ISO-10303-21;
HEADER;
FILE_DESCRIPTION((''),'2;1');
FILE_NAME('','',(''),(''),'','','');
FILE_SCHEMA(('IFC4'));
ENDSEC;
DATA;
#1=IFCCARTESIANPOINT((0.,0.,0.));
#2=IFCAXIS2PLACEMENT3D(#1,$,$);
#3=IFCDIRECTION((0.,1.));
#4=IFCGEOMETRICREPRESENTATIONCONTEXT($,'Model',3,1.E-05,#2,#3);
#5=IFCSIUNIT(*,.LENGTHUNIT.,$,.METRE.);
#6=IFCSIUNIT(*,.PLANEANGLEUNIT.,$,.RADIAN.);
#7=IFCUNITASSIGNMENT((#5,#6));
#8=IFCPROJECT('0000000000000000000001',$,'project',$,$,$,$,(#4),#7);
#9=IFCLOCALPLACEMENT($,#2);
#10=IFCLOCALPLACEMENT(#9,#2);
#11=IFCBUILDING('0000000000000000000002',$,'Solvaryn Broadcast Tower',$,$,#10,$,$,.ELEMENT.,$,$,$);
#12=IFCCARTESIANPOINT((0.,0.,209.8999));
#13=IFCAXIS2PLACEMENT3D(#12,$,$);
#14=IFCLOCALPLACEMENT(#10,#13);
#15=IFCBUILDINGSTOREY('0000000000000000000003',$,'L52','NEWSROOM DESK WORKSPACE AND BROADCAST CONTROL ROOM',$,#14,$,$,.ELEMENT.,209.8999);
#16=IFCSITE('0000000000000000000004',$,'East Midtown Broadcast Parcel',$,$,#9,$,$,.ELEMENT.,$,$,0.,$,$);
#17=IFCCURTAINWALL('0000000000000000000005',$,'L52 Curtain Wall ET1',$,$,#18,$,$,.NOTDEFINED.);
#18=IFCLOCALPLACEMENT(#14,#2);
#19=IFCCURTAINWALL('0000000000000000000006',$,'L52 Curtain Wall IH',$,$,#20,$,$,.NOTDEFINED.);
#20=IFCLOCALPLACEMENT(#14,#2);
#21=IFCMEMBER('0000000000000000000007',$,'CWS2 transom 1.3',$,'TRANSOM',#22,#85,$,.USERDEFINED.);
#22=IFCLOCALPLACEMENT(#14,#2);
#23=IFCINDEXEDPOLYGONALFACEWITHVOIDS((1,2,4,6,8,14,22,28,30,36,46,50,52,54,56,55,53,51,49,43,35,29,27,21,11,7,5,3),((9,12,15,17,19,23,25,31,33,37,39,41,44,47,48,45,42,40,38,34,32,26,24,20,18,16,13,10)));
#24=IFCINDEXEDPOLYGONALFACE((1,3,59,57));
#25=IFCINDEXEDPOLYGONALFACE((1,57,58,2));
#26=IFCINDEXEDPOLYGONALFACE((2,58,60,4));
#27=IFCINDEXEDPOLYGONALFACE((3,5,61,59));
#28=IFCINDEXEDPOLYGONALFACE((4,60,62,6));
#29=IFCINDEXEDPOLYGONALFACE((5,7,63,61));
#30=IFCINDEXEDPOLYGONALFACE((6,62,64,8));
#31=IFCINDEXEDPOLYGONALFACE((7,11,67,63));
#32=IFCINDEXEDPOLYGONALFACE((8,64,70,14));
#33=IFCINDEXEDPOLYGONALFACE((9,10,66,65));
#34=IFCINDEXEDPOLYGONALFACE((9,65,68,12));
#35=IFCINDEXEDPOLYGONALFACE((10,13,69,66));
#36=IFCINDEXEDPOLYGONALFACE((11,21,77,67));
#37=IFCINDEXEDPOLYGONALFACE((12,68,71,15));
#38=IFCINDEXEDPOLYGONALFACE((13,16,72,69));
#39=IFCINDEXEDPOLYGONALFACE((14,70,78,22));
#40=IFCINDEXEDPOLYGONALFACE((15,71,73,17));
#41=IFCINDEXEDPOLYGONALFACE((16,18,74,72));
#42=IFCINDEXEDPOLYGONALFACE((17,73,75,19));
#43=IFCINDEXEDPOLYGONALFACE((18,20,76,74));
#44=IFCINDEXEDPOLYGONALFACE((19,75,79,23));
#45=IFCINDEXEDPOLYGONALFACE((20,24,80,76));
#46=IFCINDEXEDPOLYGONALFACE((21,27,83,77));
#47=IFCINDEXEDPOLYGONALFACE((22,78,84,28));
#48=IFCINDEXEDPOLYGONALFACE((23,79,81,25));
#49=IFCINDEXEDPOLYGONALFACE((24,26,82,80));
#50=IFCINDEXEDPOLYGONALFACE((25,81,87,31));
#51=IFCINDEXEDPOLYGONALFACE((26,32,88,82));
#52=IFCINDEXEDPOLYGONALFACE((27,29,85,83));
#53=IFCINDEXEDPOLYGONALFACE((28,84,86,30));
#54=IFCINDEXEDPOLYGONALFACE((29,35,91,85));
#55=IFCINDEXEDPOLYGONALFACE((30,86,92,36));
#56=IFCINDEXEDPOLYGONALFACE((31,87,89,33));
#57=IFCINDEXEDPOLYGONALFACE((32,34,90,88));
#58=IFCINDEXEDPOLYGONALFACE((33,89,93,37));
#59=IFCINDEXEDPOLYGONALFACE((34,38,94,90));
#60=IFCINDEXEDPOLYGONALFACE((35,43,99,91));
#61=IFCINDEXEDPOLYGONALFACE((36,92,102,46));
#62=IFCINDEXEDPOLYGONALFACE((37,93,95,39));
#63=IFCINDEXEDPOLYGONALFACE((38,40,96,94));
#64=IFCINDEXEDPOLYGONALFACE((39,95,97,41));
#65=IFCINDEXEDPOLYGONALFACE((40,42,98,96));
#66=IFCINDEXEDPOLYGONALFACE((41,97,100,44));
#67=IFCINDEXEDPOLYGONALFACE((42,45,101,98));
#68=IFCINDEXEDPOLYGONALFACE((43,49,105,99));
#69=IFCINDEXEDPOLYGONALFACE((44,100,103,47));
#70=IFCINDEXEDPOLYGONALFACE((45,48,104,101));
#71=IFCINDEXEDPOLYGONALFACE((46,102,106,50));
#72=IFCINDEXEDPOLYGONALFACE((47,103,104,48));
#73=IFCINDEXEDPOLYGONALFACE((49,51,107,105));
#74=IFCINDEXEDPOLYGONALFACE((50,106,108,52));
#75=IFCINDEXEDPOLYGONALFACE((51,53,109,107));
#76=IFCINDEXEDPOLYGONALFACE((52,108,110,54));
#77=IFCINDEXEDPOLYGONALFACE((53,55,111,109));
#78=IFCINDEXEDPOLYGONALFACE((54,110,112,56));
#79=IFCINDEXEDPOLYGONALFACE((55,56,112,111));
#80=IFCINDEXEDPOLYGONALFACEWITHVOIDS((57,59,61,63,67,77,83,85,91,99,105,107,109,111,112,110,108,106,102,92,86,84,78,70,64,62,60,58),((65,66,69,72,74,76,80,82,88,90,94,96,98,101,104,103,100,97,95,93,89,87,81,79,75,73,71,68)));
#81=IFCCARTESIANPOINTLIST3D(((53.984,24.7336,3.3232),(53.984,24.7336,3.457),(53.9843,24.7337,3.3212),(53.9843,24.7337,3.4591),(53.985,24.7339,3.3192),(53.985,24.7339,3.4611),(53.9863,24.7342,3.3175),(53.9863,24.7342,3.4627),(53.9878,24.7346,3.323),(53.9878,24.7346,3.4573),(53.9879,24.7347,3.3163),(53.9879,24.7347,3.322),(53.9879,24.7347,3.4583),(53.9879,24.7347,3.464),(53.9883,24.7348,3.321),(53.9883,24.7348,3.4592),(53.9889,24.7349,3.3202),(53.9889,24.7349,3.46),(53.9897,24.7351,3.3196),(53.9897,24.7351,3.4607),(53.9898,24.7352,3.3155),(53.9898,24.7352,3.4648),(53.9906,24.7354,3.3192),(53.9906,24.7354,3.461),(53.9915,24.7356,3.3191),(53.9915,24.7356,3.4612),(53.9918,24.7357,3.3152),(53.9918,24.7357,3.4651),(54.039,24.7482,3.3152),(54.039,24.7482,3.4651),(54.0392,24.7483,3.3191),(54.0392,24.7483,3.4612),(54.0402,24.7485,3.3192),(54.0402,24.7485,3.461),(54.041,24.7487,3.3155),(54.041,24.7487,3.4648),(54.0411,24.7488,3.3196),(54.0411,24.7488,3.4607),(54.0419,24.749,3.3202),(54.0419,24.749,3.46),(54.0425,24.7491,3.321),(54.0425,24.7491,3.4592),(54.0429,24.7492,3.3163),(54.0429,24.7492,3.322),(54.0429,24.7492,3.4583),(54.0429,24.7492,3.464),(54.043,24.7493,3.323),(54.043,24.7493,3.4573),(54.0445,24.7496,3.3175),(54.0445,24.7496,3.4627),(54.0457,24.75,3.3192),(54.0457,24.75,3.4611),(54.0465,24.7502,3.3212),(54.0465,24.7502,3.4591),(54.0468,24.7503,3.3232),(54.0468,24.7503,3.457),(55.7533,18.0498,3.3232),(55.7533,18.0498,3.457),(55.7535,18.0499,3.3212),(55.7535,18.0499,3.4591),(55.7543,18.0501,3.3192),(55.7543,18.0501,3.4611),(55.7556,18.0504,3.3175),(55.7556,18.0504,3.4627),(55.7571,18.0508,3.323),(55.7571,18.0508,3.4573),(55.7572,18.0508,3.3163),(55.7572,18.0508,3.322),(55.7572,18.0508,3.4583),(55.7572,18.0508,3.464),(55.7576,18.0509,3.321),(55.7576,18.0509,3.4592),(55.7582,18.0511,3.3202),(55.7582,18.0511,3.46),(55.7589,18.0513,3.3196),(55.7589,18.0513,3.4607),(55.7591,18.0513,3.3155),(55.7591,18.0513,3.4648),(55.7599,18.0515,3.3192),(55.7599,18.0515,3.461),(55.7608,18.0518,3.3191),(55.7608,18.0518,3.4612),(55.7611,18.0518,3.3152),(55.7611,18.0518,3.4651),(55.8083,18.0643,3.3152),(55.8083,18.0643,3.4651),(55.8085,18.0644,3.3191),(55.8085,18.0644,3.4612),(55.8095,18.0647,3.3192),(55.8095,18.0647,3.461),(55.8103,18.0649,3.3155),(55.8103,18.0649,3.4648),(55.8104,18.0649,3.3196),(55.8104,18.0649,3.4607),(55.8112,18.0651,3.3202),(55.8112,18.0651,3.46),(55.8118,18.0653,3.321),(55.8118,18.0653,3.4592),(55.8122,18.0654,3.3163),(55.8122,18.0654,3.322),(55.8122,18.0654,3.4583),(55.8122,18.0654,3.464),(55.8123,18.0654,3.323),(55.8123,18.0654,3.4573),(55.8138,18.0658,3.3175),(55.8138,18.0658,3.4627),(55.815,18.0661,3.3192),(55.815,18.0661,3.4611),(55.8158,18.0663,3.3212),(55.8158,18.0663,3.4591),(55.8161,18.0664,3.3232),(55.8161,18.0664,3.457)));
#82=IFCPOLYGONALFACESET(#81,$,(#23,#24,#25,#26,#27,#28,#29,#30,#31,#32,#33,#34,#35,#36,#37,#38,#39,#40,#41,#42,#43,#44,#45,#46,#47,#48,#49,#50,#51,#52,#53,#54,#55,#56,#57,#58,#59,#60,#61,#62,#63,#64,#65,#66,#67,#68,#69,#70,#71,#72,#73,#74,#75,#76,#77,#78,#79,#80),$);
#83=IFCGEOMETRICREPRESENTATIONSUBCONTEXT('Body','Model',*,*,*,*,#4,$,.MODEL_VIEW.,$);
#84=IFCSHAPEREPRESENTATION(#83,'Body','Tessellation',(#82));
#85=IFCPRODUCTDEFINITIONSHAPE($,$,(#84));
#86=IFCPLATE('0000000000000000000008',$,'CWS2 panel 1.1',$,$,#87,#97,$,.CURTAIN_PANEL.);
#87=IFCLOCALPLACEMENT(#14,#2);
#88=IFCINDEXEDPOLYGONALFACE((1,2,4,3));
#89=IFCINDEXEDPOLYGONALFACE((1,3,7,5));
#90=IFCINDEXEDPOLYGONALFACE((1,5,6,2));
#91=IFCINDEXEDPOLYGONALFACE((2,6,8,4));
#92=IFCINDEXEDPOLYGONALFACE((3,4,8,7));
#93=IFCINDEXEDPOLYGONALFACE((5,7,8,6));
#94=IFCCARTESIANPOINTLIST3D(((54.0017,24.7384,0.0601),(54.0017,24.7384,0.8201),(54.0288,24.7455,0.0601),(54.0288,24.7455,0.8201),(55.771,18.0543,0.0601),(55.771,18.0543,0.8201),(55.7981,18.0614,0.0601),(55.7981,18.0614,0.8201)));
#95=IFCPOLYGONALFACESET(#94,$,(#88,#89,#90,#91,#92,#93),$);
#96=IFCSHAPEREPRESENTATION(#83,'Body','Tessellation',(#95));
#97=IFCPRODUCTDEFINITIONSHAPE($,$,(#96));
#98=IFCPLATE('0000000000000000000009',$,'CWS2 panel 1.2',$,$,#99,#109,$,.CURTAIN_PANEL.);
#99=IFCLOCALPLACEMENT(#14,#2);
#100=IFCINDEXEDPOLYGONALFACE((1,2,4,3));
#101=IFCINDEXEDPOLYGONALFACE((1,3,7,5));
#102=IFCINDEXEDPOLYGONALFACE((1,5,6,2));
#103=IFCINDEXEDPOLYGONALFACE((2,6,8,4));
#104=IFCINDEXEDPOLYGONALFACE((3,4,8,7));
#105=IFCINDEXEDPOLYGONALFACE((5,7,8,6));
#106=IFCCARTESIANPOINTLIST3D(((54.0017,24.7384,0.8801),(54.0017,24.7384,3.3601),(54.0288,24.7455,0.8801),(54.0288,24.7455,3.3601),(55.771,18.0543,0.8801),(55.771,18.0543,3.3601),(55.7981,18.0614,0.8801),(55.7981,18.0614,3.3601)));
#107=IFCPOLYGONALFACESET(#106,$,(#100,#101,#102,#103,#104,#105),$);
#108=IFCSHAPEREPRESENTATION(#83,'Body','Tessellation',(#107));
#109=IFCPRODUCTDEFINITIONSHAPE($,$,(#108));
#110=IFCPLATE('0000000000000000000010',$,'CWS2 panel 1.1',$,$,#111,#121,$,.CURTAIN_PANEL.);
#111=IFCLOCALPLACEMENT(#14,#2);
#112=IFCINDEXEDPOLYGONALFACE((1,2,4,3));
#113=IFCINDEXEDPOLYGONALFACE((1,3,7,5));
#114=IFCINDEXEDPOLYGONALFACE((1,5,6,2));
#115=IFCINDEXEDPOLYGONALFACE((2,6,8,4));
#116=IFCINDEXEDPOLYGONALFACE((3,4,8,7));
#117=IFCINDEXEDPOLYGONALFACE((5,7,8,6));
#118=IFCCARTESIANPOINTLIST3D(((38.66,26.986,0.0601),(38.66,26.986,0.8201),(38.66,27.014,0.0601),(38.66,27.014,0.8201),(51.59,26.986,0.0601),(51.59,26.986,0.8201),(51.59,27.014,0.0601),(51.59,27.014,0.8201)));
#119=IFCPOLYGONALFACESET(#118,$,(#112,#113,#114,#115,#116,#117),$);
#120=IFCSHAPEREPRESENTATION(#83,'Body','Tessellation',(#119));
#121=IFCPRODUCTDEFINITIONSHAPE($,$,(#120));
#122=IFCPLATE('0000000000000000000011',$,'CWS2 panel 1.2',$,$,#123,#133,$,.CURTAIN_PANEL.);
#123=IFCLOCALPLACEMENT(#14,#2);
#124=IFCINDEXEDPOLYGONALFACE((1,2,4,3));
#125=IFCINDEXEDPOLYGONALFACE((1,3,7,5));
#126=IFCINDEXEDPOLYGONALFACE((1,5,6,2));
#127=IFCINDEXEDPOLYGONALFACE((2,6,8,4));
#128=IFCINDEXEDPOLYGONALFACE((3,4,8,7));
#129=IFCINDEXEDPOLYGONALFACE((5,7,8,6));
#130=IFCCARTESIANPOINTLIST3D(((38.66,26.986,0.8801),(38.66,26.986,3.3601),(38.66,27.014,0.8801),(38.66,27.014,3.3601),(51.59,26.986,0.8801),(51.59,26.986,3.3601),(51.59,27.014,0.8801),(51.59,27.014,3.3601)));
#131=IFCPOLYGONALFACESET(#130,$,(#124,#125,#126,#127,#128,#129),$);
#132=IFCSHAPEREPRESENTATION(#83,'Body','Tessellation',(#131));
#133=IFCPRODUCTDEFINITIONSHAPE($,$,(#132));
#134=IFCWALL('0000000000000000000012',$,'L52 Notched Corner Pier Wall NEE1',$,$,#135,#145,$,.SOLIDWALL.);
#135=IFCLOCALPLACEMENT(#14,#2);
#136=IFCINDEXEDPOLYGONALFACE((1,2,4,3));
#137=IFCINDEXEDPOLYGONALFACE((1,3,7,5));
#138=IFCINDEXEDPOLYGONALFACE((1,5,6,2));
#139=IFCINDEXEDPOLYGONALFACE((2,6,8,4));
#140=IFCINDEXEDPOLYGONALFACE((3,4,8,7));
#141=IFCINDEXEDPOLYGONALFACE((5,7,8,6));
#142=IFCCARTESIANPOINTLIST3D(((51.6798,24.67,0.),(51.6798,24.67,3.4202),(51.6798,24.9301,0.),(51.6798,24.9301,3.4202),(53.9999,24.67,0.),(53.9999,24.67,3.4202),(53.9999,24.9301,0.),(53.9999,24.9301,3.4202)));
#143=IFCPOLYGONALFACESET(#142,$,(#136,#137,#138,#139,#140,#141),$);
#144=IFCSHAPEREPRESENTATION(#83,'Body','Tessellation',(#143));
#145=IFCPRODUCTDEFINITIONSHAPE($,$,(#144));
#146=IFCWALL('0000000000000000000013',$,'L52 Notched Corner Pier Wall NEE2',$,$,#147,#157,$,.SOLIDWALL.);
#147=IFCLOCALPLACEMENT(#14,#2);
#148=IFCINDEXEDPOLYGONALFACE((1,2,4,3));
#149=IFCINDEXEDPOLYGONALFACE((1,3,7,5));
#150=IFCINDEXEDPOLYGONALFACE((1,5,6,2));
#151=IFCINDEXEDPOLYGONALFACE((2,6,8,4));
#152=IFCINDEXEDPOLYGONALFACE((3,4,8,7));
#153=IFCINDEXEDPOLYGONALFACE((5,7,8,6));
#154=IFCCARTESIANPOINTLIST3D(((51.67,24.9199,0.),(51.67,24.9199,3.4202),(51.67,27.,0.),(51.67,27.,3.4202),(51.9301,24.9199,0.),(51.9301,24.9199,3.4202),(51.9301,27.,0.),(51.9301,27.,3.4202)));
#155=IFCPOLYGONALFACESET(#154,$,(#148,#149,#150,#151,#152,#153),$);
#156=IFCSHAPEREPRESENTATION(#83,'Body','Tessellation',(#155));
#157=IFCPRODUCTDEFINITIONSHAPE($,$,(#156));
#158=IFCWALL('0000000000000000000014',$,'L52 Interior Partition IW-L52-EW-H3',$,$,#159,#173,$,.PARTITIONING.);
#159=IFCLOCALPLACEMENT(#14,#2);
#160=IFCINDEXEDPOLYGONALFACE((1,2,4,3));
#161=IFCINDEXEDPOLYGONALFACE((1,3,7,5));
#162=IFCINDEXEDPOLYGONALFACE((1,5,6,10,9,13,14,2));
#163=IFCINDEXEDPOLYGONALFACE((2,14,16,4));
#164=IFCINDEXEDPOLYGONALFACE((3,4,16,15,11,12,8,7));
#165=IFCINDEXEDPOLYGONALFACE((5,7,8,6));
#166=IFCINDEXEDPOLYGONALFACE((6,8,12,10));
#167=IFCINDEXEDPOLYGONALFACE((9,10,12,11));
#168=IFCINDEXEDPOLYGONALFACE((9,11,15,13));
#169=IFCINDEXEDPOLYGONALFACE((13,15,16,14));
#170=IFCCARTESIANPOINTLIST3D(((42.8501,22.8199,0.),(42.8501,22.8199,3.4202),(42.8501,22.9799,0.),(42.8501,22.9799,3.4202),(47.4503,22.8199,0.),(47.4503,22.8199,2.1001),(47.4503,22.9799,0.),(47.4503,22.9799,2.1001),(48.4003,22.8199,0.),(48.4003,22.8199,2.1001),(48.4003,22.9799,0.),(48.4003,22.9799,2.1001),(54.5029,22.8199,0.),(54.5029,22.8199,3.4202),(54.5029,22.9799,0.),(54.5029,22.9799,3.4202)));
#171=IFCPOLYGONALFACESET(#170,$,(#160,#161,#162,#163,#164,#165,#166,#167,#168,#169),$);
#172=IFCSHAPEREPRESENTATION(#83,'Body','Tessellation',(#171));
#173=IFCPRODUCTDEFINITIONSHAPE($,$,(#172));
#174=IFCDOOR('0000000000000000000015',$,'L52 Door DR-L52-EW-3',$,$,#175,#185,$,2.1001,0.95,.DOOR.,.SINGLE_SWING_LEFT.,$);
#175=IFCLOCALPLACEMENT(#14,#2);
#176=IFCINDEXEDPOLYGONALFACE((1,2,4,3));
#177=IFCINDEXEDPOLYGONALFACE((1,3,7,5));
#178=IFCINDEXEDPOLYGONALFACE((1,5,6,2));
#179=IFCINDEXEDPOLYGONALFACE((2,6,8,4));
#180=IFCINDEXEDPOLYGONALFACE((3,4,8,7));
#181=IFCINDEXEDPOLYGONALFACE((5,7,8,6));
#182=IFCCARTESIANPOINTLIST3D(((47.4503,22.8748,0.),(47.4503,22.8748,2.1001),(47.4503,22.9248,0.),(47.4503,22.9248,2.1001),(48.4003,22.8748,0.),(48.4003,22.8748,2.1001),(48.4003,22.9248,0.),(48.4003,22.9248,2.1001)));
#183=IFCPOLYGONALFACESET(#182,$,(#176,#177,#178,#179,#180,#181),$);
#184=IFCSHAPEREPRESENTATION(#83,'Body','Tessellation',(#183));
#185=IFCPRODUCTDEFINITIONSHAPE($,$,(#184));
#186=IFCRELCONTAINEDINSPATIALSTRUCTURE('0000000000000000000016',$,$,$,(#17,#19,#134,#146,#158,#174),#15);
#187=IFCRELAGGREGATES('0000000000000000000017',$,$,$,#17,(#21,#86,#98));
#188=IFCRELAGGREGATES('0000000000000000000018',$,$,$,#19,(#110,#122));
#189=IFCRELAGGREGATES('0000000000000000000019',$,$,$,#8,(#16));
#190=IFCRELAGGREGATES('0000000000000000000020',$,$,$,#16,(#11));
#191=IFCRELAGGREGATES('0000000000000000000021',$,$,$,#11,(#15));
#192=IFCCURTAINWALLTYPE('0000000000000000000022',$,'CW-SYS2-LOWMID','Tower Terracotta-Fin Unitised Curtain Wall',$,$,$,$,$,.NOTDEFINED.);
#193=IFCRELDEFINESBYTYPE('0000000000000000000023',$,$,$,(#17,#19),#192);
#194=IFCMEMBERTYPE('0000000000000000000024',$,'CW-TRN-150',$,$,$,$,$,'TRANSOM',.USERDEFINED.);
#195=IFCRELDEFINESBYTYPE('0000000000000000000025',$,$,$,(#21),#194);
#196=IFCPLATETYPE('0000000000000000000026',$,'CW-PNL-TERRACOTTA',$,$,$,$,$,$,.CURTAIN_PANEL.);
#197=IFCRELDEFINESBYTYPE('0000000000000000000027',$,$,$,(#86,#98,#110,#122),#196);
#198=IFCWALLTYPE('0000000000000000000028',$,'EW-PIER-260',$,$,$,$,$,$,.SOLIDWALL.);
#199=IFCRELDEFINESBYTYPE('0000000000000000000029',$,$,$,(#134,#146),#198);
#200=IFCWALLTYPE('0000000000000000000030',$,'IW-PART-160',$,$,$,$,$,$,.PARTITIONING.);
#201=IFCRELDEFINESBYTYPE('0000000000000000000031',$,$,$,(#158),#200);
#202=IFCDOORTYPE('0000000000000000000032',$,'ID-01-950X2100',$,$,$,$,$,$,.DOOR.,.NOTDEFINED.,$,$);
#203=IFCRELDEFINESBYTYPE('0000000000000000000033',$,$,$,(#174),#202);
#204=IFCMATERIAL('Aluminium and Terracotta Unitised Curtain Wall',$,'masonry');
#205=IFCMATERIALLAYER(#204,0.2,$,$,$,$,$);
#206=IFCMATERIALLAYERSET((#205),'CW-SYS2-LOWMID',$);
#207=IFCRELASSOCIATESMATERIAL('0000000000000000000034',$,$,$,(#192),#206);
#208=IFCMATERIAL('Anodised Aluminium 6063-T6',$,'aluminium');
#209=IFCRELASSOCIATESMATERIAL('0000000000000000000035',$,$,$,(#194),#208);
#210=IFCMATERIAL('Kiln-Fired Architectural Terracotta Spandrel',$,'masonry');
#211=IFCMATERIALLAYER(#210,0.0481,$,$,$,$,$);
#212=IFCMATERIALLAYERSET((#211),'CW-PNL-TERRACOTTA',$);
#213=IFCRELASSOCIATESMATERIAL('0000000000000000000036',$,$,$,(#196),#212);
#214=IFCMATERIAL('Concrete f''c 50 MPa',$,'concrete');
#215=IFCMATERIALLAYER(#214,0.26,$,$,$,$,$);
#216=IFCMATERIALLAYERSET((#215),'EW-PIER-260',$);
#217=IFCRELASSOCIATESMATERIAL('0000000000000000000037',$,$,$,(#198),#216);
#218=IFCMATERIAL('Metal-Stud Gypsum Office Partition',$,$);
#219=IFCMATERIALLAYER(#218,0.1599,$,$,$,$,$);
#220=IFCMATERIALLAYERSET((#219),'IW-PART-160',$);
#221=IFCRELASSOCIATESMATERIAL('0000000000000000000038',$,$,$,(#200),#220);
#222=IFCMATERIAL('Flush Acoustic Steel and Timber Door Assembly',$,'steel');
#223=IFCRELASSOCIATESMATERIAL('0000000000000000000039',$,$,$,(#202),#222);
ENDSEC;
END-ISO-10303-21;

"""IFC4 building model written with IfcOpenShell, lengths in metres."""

from ifc_helpers import new_model, si_unit, direction, frame, frame_2d, origin, origin_2d, place, context, subcontext, project, spatial, rectangle, hollow_rectangle, extrude, material, layer, layer_set, material_profile, profile_set, type_object, element, fill, aggregate, save


model = new_model("IFC4")

# Units and contexts
model_context = context("Model", 3, precision=1e-05, world=origin(), true_north=direction((0.0, 1.0)))
body_context = subcontext(model_context, "Body", "Model", "MODEL_VIEW")
ifc_project = project(units=[si_unit("LENGTHUNIT", "METRE"), si_unit("PLANEANGLEUNIT", "RADIAN")], contexts=[model_context])

# Site, building, storey
site_placement = place(None, origin())
site = spatial("IfcSite", under=ifc_project, at=site_placement, Name="East Midtown Broadcast Parcel", CompositionType="ELEMENT", RefElevation=0.0)
building_placement = place(site_placement, origin())
building = spatial("IfcBuilding", under=site, at=building_placement, Name="Solvaryn Broadcast Tower", CompositionType="ELEMENT")
storey_placement = place(building_placement, frame((0.0, 0.0, 209.8999)))
storey = spatial("IfcBuildingStorey", under=building, at=storey_placement, Name="L52", Description="NEWSROOM DESK WORKSPACE AND BROADCAST CONTROL ROOM", CompositionType="ELEMENT", Elevation=209.8999)

# Curtain walls
ifc_material_1 = material(Name="Aluminium and Terracotta Unitised Curtain Wall", Category="masonry")
ifc_layer_1 = layer(ifc_material_1, 0.2)
ifc_layer_set_1 = layer_set([ifc_layer_1], Name="CW-SYS2-LOWMID")
curtain_wall_type = type_object("IfcCurtainWallType", Name="CW-SYS2-LOWMID", Description="Tower Terracotta-Fin Unitised Curtain Wall", PredefinedType="NOTDEFINED", material=ifc_layer_set_1)
curtain_wall_1_placement = place(storey_placement, origin())
curtain_wall_1 = element("IfcCurtainWall", 1, at=curtain_wall_1_placement, inside=storey, type_object=curtain_wall_type, Name="L52 Curtain Wall ET1", PredefinedType="NOTDEFINED")
curtain_wall_2_placement = place(storey_placement, origin())
curtain_wall_2 = element("IfcCurtainWall", 2, at=curtain_wall_2_placement, inside=storey, type_object=curtain_wall_type, Name="L52 Curtain Wall IH", PredefinedType="NOTDEFINED")

# Member
ifc_material_2 = material(Name="Anodised Aluminium 6063-T6", Category="aluminium")
ifc_material_profile_1 = material_profile(ifc_material_2, hollow_rectangle(XDim=0.0649, YDim=0.1499, WallThickness=0.0039, InnerFilletRadius=0.0039, OuterFilletRadius=0.0081, at=origin_2d()))
ifc_profile_set_1 = profile_set([ifc_material_profile_1], Name="Anodised Aluminium 6063-T6")
member_type_1 = type_object("IfcMemberType", Name="CW-TRN-150", ElementType="TRANSOM", PredefinedType="USERDEFINED", material=ifc_profile_set_1)
member_1_placement = place(storey_placement, frame((54.0154, 24.7419, 3.3901), z_axis=(0.255897, -0.966704, 0.0), x_axis=(0.966704, 0.255897, 0.0)))
member_1 = element("IfcMember", 3, at=member_1_placement, type_object=member_type_1, Name="CWS2 transom 1.3", ObjectType="TRANSOM", PredefinedType="USERDEFINED", context=body_context, shape_type="SweptSolid", body=[
    extrude(hollow_rectangle(XDim=0.0649, YDim=0.1499, WallThickness=0.0039, InnerFilletRadius=0.0039, OuterFilletRadius=0.0081, at=origin_2d()), origin(), (0.0, 0.0, 1.0), 6.9141),
])

# Plates
ifc_material_3 = material(Name="Kiln-Fired Architectural Terracotta Spandrel", Category="masonry")
ifc_layer_2 = layer(ifc_material_3, 0.0481)
ifc_layer_set_2 = layer_set([ifc_layer_2], Name="CW-PNL-TERRACOTTA")
plate_type = type_object("IfcPlateType", Name="CW-PNL-TERRACOTTA", PredefinedType="CURTAIN_PANEL", material=ifc_layer_set_2)
plate_1_placement = place(storey_placement, frame((54.8999, 21.3999, 0.0601), z_axis=(0.0, 0.0, 1.0), x_axis=(0.255893, -0.966705, 0.0)))
plate_1 = element("IfcPlate", 4, at=plate_1_placement, type_object=plate_type, Name="CWS2 panel 1.1", PredefinedType="CURTAIN_PANEL", context=body_context, shape_type="SweptSolid", body=[
    extrude(rectangle(XDim=6.9143, YDim=0.0281, at=origin_2d()), origin(), (0.0, 0.0, 1.0), 0.76),
])
plate_2_placement = place(storey_placement, frame((54.8999, 21.3999, 0.8801), z_axis=(0.0, 0.0, 1.0), x_axis=(0.255893, -0.966705, 0.0)))
plate_2 = element("IfcPlate", 5, at=plate_2_placement, type_object=plate_type, Name="CWS2 panel 1.2", PredefinedType="CURTAIN_PANEL", context=body_context, shape_type="SweptSolid", body=[
    extrude(rectangle(XDim=6.9143, YDim=0.0281, at=origin_2d()), origin(), (0.0, 0.0, 1.0), 2.48),
])
aggregate(curtain_wall_1, [member_1, plate_1, plate_2])
plate_3_placement = place(storey_placement, frame((45.125, 27.0, 0.0601), z_axis=(0.0, 0.0, 1.0), x_axis=(1.0, 0.0, 0.0)))
plate_3 = element("IfcPlate", 6, at=plate_3_placement, type_object=plate_type, Name="CWS2 panel 1.1", PredefinedType="CURTAIN_PANEL", context=body_context, shape_type="SweptSolid", body=[
    extrude(rectangle(XDim=12.9299, YDim=0.0281, at=origin_2d()), origin(), (0.0, 0.0, 1.0), 0.76),
])
plate_4_placement = place(storey_placement, frame((45.125, 27.0, 0.8801), z_axis=(0.0, 0.0, 1.0), x_axis=(1.0, 0.0, 0.0)))
plate_4 = element("IfcPlate", 7, at=plate_4_placement, type_object=plate_type, Name="CWS2 panel 1.2", PredefinedType="CURTAIN_PANEL", context=body_context, shape_type="SweptSolid", body=[
    extrude(rectangle(XDim=12.9299, YDim=0.0281, at=origin_2d()), origin(), (0.0, 0.0, 1.0), 2.48),
])
aggregate(curtain_wall_2, [plate_3, plate_4])

# Walls
ifc_material_4 = material(Name="Concrete f'c 50 MPa", Category="concrete")
ifc_layer_3 = layer(ifc_material_4, 0.26)
ifc_layer_set_3 = layer_set([ifc_layer_3], Name="EW-PIER-260")
wall_type_1 = type_object("IfcWallType", Name="EW-PIER-260", PredefinedType="SOLIDWALL", material=ifc_layer_set_3)
wall_1_placement = place(storey_placement, frame((54.0, 24.8, 0.0), z_axis=(0.0, 0.0, 1.0), x_axis=(-1.0, 0.0, 0.0)))
element("IfcWall", 8, at=wall_1_placement, inside=storey, type_object=wall_type_1, Name="L52 Notched Corner Pier Wall NEE1", PredefinedType="SOLIDWALL", context=body_context, shape_type="SweptSolid", body=[
    extrude(rectangle(XDim=2.3201, YDim=0.26, at=frame_2d((1.1602, 0.0))), origin(), (0.0, 0.0, 1.0), 3.4202),
])
wall_2_placement = place(storey_placement, frame((51.8, 24.9199, 0.0), z_axis=(0.0, 0.0, 1.0), x_axis=(0.0, 1.0, 0.0)))
element("IfcWall", 9, at=wall_2_placement, inside=storey, type_object=wall_type_1, Name="L52 Notched Corner Pier Wall NEE2", PredefinedType="SOLIDWALL", context=body_context, shape_type="SweptSolid", body=[
    extrude(rectangle(XDim=2.0801, YDim=0.26, at=frame_2d((1.04, 0.0))), origin(), (0.0, 0.0, 1.0), 3.4202),
])

# Wall, opening, door
ifc_material_5 = material(Name="Metal-Stud Gypsum Office Partition")
ifc_layer_4 = layer(ifc_material_5, 0.1599)
ifc_layer_set_4 = layer_set([ifc_layer_4], Name="IW-PART-160")
wall_type_2 = type_object("IfcWallType", Name="IW-PART-160", PredefinedType="PARTITIONING", material=ifc_layer_set_4)
wall_3_placement = place(storey_placement, frame((42.8501, 22.8999, 0.0), z_axis=(0.0, 0.0, 1.0), x_axis=(1.0, 0.0, 0.0)))
wall_3 = element("IfcWall", 10, at=wall_3_placement, inside=storey, type_object=wall_type_2, Name="L52 Interior Partition IW-L52-EW-H3", PredefinedType="PARTITIONING", context=body_context, shape_type="SweptSolid", body=[
    extrude(rectangle(XDim=11.6528, YDim=0.1599, at=frame_2d((5.8264, 0.0))), origin(), (0.0, 0.0, 1.0), 3.4202),
])
opening_1_placement = place(wall_3_placement, frame((4.6001, 0.0, 0.0)))
opening_1 = element("IfcOpeningElement", 11, at=opening_1_placement, cuts=wall_3, PredefinedType="OPENING", context=body_context, shape_type="SweptSolid", body=[
    extrude(rectangle(XDim=0.95, YDim=2.1001, at=frame_2d((0.4751, 1.05))), frame((0.0, 0.0901, 0.0), z_axis=(0.0, -1.0, 0.0), x_axis=(1.0, 0.0, 0.0)), (0.0, 0.0, 1.0), 0.1799),
])
ifc_material_6 = material(Name="Flush Acoustic Steel and Timber Door Assembly", Category="steel")
door_type_1 = type_object("IfcDoorType", Name="ID-01-950X2100", OperationType="NOTDEFINED", PredefinedType="DOOR", material=ifc_material_6)
door_1_placement = place(opening_1_placement, origin())
door_1 = element("IfcDoor", 12, at=door_1_placement, inside=storey, type_object=door_type_1, Name="L52 Door DR-L52-EW-3", OperationType="SINGLE_SWING_LEFT", OverallHeight=2.1001, OverallWidth=0.95, PredefinedType="DOOR", context=body_context, shape_type="SweptSolid", body=[
    extrude(rectangle(XDim=0.95, YDim=2.1001, at=frame_2d((0.4751, 1.05))), frame((0.0, 0.0249, 0.0), z_axis=(0.0, -1.0, 0.0), x_axis=(1.0, 0.0, 0.0)), (0.0, 0.0, 1.0), 0.05),
])
fill(opening_1, door_1)

save(model, "model.ifc")
